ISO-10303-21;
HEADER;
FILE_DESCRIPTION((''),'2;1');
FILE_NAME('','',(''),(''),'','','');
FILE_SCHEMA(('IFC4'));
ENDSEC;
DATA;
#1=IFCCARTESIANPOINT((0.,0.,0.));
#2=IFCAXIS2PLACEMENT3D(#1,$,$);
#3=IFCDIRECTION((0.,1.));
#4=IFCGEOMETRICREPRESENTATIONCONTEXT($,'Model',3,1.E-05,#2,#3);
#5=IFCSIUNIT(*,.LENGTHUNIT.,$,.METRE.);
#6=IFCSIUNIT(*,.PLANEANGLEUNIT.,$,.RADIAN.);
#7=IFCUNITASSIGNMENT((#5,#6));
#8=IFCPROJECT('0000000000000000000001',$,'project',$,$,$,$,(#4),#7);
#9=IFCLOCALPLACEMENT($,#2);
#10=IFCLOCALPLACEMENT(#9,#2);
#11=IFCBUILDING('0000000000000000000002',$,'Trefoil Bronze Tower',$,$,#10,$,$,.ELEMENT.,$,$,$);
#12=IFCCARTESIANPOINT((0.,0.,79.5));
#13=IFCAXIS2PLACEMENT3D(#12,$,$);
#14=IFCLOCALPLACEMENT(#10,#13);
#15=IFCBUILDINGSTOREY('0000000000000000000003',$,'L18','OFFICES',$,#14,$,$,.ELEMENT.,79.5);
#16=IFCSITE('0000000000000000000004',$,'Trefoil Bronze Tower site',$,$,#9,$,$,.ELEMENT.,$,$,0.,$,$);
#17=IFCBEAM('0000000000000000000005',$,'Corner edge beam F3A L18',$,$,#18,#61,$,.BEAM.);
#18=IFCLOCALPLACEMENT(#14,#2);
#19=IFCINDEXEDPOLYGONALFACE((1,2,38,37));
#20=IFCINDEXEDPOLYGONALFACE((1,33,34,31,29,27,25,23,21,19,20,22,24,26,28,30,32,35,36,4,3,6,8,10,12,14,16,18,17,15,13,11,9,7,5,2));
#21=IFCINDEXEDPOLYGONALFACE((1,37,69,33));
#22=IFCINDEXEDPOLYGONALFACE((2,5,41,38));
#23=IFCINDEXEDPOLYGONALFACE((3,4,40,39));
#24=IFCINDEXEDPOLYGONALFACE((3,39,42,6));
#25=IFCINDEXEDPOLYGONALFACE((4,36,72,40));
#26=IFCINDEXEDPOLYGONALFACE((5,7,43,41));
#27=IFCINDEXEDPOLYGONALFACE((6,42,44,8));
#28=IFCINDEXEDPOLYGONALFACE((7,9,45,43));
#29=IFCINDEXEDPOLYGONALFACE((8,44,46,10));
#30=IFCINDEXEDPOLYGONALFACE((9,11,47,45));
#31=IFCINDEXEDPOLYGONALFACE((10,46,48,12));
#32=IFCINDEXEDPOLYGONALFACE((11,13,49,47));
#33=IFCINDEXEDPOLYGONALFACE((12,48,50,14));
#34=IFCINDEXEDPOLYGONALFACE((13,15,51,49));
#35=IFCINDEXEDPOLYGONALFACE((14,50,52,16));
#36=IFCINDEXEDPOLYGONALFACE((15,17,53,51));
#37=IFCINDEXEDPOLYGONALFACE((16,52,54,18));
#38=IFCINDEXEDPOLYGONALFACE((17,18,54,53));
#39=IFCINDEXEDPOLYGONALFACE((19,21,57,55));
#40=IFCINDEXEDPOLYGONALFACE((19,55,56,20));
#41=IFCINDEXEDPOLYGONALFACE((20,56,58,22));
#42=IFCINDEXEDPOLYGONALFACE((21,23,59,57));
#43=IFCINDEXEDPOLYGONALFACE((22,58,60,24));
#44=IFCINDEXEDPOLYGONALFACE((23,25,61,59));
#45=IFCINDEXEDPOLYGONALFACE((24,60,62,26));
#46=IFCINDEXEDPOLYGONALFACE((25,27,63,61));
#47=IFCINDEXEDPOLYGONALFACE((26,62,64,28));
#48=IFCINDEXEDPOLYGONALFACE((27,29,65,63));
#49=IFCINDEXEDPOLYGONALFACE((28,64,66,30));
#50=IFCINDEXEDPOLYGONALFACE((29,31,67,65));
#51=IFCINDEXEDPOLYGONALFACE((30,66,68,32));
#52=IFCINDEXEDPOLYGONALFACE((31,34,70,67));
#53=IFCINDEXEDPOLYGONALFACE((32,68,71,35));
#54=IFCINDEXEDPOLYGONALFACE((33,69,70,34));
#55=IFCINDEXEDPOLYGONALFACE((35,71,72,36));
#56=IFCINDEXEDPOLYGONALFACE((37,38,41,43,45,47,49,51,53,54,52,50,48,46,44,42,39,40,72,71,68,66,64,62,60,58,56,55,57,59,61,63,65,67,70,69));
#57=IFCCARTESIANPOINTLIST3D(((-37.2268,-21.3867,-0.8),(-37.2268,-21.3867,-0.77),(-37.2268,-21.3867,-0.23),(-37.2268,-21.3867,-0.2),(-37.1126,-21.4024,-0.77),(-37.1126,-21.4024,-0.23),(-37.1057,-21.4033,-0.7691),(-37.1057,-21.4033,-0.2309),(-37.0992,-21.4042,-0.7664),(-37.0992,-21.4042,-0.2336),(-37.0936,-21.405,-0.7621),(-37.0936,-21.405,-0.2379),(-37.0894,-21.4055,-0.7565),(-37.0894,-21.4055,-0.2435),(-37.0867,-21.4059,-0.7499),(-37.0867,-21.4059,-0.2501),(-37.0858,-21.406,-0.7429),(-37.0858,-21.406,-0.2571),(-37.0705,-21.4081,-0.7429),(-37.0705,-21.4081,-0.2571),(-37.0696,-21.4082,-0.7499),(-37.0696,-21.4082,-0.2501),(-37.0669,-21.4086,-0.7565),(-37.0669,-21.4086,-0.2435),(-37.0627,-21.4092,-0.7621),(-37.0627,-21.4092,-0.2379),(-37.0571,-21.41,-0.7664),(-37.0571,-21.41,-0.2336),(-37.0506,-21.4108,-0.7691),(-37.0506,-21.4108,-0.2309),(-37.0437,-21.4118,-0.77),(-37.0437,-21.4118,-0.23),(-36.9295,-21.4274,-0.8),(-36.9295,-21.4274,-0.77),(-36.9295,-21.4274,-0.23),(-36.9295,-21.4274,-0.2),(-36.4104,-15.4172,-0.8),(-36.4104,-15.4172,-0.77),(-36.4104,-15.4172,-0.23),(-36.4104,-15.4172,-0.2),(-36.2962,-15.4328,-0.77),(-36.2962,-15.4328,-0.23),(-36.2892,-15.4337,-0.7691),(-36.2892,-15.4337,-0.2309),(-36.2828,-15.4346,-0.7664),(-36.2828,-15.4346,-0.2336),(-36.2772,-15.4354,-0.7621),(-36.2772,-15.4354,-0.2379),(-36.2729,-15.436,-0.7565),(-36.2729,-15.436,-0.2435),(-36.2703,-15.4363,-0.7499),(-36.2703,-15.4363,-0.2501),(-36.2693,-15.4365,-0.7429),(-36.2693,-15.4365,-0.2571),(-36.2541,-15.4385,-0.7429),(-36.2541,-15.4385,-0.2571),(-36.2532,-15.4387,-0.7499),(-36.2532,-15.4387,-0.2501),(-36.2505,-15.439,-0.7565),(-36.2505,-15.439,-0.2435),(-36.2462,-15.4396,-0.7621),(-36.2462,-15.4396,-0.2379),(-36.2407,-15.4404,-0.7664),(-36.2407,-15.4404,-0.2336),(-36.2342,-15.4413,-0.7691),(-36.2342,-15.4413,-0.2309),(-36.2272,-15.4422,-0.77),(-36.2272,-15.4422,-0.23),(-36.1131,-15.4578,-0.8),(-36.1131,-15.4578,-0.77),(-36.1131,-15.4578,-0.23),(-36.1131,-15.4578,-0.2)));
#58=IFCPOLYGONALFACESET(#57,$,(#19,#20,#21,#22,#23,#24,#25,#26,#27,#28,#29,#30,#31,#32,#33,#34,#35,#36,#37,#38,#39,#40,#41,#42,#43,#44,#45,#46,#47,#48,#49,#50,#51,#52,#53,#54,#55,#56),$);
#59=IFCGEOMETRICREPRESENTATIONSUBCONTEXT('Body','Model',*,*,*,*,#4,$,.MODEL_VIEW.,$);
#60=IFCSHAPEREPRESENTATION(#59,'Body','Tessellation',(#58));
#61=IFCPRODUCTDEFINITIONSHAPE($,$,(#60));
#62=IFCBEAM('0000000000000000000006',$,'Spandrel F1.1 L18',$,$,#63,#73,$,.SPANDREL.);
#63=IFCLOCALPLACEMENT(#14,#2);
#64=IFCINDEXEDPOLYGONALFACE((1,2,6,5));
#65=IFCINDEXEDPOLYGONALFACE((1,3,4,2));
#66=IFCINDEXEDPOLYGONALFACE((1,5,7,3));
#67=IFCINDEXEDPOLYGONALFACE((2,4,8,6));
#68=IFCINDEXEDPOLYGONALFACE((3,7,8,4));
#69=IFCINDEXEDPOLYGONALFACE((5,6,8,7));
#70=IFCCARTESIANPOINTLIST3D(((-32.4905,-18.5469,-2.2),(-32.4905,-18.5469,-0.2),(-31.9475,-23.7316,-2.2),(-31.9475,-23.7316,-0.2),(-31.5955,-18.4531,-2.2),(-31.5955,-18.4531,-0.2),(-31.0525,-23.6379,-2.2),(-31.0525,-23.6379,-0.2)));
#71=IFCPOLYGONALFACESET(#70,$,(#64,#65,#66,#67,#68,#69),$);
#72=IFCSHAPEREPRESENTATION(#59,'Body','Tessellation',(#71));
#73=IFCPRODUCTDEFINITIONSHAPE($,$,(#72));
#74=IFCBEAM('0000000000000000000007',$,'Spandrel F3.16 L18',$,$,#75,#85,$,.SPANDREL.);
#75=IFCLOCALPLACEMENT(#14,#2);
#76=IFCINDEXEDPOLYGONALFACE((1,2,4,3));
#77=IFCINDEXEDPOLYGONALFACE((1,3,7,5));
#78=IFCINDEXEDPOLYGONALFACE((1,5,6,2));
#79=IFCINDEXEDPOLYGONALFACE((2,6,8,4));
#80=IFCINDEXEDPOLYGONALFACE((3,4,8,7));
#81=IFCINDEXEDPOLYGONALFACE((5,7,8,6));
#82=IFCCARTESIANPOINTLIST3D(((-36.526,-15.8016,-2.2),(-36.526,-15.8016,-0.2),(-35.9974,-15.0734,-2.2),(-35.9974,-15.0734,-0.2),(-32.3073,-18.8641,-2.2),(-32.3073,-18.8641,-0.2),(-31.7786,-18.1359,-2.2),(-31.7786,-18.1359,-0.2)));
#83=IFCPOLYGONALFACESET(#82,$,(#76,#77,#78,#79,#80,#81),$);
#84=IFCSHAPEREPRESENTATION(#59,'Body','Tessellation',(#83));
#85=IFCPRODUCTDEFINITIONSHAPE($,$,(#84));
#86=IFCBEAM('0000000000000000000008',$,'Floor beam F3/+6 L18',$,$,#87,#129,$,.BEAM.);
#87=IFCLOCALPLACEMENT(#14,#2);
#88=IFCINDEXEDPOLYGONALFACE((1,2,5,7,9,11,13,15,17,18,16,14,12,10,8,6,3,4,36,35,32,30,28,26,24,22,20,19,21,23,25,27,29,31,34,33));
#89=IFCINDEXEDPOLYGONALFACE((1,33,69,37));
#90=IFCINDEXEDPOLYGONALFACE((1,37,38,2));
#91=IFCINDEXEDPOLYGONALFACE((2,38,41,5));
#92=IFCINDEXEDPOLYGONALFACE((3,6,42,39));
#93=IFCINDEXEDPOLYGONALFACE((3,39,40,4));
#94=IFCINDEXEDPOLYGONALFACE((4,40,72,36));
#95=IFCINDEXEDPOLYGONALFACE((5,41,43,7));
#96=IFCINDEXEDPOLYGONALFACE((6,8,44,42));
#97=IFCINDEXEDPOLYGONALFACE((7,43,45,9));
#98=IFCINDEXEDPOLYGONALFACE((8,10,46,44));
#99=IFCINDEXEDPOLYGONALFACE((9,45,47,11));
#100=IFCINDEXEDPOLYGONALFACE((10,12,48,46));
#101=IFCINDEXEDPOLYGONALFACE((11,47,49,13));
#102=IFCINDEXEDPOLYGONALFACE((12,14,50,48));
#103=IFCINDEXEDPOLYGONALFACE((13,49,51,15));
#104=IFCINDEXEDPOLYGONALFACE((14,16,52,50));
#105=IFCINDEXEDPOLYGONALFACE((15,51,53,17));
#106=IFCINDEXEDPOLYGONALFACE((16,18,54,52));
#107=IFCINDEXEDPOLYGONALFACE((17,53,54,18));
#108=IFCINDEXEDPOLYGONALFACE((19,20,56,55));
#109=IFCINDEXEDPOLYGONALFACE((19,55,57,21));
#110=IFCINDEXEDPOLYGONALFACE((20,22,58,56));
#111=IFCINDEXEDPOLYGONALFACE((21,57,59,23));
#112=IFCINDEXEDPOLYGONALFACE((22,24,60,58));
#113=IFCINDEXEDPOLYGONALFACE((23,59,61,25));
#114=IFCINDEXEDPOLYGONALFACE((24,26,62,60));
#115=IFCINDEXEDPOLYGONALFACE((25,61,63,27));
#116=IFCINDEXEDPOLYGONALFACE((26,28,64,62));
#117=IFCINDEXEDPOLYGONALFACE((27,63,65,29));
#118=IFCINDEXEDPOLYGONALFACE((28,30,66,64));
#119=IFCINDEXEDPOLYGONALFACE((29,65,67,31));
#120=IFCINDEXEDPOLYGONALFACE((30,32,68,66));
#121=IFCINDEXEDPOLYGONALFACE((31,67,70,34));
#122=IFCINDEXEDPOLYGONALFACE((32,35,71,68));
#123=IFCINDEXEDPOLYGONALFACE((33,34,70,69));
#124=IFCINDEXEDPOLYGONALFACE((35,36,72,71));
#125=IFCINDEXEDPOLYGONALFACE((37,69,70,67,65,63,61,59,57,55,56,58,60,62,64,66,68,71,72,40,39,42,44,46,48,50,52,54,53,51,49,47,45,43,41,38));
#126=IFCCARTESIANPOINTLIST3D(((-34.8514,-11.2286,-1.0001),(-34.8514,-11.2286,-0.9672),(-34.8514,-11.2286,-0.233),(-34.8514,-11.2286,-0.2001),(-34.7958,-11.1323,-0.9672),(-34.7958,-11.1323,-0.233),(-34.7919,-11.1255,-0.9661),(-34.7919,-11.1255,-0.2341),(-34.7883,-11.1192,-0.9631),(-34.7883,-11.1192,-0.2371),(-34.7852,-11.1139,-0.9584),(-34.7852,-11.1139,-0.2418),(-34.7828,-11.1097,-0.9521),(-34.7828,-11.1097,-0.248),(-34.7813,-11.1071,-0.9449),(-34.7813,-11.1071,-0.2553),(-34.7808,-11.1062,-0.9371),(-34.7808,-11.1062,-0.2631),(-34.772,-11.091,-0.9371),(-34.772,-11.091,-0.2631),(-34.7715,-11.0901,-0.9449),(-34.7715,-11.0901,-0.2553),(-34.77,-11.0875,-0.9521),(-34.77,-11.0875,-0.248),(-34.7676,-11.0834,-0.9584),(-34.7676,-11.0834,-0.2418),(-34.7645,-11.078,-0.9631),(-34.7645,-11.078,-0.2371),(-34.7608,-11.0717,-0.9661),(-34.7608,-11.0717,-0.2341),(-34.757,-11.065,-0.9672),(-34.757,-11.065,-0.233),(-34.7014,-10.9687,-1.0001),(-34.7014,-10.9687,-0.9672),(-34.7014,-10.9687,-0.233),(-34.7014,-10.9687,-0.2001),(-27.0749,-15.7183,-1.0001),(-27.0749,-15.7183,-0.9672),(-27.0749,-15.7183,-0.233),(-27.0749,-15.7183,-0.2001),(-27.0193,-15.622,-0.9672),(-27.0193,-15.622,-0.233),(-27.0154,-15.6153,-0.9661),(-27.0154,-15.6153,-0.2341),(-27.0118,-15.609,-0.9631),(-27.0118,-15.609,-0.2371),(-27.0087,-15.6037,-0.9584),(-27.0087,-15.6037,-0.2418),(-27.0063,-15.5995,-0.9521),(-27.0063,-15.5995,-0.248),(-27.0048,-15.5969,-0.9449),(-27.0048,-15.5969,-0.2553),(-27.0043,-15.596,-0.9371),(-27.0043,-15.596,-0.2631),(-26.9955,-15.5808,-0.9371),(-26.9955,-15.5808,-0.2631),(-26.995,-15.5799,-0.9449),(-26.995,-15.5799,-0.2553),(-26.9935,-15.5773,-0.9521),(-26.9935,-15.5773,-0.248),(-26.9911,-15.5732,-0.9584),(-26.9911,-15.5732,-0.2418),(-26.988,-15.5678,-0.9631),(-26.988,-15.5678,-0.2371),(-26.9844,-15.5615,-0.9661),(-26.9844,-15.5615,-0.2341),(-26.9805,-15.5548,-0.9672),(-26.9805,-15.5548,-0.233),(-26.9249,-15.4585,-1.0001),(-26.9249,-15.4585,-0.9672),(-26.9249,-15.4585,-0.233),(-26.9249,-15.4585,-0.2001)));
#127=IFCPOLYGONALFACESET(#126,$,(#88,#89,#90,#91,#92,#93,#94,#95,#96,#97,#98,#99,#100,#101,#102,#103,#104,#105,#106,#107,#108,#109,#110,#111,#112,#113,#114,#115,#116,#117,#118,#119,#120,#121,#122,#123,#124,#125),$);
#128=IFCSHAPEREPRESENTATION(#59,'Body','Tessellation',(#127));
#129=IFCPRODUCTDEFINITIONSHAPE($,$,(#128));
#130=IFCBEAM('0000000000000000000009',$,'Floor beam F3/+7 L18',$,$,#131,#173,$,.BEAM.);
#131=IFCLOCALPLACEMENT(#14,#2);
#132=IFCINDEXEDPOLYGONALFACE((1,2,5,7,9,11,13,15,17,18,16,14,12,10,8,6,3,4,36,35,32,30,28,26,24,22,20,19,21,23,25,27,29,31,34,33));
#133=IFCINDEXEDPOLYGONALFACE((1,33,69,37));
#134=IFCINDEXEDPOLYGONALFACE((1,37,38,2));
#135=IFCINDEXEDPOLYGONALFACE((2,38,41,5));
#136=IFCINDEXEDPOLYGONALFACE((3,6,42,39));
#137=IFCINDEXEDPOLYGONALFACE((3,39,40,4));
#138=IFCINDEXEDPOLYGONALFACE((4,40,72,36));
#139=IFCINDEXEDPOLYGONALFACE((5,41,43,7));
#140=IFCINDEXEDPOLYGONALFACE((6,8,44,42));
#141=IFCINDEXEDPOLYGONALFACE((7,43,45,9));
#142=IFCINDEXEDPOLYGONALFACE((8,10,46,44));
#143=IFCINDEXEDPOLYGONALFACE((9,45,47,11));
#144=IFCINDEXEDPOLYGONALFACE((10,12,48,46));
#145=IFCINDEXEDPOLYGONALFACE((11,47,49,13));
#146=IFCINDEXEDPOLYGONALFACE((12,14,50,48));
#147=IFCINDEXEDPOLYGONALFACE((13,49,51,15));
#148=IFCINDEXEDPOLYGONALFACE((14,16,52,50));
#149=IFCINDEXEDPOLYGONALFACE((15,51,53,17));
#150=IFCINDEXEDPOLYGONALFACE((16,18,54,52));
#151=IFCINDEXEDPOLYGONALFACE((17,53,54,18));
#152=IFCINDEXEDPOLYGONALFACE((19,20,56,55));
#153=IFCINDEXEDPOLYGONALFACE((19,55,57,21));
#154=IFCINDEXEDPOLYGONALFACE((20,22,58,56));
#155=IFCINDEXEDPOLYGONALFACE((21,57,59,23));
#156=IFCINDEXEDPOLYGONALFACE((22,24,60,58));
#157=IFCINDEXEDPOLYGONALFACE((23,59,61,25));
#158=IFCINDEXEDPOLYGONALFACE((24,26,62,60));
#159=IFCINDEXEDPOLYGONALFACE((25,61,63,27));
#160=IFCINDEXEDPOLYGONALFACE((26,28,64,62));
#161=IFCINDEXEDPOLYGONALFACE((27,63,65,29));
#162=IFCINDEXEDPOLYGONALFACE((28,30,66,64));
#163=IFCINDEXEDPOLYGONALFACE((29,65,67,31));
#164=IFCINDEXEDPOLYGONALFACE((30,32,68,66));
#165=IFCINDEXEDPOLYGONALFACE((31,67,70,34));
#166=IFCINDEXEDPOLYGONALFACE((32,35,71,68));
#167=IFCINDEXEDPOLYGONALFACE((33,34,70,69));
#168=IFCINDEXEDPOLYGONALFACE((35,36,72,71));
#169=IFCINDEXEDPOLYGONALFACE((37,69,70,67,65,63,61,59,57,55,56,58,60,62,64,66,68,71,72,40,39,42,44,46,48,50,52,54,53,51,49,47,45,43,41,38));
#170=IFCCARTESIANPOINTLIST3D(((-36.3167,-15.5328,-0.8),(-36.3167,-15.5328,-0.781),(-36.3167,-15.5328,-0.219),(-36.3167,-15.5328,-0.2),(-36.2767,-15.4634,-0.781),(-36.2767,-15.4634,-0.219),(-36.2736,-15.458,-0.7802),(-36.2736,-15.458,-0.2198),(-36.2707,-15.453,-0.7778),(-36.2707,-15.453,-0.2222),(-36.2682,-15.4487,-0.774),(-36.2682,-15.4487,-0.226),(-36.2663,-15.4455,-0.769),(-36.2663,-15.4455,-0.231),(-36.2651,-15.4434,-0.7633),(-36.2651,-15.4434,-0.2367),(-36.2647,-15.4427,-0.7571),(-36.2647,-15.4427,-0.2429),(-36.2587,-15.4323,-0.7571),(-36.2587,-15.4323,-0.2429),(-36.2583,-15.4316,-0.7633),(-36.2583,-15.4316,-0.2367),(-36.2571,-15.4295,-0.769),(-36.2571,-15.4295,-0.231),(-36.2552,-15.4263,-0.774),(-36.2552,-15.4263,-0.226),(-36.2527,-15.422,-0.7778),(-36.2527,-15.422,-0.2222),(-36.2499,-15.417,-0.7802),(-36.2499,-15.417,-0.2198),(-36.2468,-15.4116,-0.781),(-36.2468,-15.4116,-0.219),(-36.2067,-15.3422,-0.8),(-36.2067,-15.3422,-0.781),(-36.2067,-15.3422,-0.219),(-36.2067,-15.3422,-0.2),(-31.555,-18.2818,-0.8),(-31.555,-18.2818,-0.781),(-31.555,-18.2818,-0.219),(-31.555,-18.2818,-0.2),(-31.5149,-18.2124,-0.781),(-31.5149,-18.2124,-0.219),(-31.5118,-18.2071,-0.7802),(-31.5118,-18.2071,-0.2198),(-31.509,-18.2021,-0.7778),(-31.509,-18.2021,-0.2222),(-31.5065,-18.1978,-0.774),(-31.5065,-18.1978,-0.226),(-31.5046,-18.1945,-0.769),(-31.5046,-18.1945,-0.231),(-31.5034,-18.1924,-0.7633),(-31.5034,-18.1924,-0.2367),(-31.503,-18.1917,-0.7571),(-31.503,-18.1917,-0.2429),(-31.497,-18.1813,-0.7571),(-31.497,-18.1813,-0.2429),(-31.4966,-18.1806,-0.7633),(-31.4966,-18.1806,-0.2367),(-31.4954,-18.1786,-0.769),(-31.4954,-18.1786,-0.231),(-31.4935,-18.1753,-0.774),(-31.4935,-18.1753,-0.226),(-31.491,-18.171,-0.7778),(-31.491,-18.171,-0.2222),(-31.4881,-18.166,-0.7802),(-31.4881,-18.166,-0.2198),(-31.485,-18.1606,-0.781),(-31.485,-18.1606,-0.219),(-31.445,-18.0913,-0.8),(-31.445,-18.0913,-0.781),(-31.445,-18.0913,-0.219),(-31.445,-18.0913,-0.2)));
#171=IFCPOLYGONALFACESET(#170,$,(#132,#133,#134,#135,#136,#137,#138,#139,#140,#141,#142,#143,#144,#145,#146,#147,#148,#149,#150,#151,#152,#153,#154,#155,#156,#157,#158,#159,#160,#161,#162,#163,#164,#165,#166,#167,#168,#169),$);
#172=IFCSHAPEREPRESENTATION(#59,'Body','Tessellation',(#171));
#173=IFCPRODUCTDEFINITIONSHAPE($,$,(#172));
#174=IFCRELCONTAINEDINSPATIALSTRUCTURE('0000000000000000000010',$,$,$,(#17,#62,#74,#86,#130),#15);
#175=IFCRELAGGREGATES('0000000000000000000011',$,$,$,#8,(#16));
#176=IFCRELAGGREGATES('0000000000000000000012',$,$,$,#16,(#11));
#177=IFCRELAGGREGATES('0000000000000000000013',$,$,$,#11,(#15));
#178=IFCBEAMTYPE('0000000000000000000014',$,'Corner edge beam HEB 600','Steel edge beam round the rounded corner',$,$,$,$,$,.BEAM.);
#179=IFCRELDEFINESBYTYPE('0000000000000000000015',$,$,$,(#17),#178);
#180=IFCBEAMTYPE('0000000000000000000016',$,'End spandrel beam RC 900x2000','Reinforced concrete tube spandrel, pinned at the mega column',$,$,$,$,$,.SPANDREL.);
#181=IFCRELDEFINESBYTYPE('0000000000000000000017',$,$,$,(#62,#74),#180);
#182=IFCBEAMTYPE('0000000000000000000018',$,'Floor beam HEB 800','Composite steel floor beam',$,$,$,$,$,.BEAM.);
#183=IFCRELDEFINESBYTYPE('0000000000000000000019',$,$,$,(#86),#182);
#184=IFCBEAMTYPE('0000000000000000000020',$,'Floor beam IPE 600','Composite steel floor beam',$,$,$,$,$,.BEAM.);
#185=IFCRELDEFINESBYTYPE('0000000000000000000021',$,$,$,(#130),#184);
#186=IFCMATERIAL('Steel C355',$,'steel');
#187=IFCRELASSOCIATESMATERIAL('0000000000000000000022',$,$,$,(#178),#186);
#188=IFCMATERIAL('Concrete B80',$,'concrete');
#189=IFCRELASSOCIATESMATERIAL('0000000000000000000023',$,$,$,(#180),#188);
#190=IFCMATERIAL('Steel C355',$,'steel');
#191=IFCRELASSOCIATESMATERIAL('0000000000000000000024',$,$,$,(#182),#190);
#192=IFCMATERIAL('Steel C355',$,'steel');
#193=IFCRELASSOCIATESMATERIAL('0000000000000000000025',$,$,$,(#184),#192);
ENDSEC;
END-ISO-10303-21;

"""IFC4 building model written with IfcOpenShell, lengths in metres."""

from ifc_helpers import new_model, si_unit, direction, frame, origin, origin_2d, place, context, subcontext, project, spatial, rectangle, i_section, extrude, material, material_profile, profile_set, type_object, element, save


model = new_model("IFC4")

# Units and contexts
model_context = context("Model", 3, precision=1e-05, world=origin(), true_north=direction((0.0, 1.0)))
body_context = subcontext(model_context, "Body", "Model", "MODEL_VIEW")
ifc_project = project(units=[si_unit("LENGTHUNIT", "METRE"), si_unit("PLANEANGLEUNIT", "RADIAN")], contexts=[model_context])

# Site, building, storey
site_placement = place(None, origin())
site = spatial("IfcSite", under=ifc_project, at=site_placement, Name="Trefoil Bronze Tower site", CompositionType="ELEMENT", RefElevation=0.0)
building_placement = place(site_placement, origin())
building = spatial("IfcBuilding", under=site, at=building_placement, Name="Trefoil Bronze Tower", CompositionType="ELEMENT")
storey_placement = place(building_placement, frame((0.0, 0.0, 79.5)))
storey = spatial("IfcBuildingStorey", under=building, at=storey_placement, Name="L18", Description="OFFICES", CompositionType="ELEMENT", Elevation=79.5)

# Beams
ifc_material_1 = material(Name="Steel C355", Category="steel")
ifc_material_profile_1 = material_profile(ifc_material_1, i_section(OverallWidth=0.3, OverallDepth=0.6001, WebThickness=0.0154, FlangeThickness=0.03, FilletRadius=0.0271, at=origin_2d()), Name="HEB 600")
ifc_profile_set_1 = profile_set([ifc_material_profile_1], Name="Steel C355")
beam_type_1 = type_object("IfcBeamType", Name="Corner edge beam HEB 600", Description="Steel edge beam round the rounded corner", PredefinedType="BEAM", material=ifc_profile_set_1)
beam_1_placement = place(storey_placement, frame((-36.2617, -15.4375, -0.5), z_axis=(-0.135502, -0.990777, 0.0), x_axis=(0.990777, -0.135502, 0.0)))
element("IfcBeam", 1, at=beam_1_placement, inside=storey, type_object=beam_type_1, Name="Corner edge beam F3A L18", PredefinedType="BEAM", context=body_context, shape_type="SweptSolid", body=[
    extrude(i_section(OverallWidth=0.3, OverallDepth=0.6001, WebThickness=0.0154, FlangeThickness=0.03, FilletRadius=0.0271, at=origin_2d()), origin(), (0.0, 0.0, 1.0), 6.0251),
])
ifc_material_2 = material(Name="Concrete B80", Category="concrete")
ifc_material_profile_2 = material_profile(ifc_material_2, rectangle(XDim=0.8999, YDim=2.0, at=origin_2d()), Name="RC 900x2000")
ifc_profile_set_2 = profile_set([ifc_material_profile_2], Name="Concrete B80")
beam_type_2 = type_object("IfcBeamType", Name="End spandrel beam RC 900x2000", Description="Reinforced concrete tube spandrel, pinned at the mega column", PredefinedType="SPANDREL", material=ifc_profile_set_2)
for number, where, z_axis, x_axis, name in (
    (2, (-32.043, -18.5, -1.2), (0.104153, -0.994561, 0.0), (0.994561, 0.104153, 0.0), "Spandrel F1.1 L18"),
    (3, (-36.2617, -15.4375, -1.2), (0.809254, -0.587459, 0.0), (0.587459, 0.809254, 0.0), "Spandrel F3.16 L18"),
):
    element("IfcBeam", number, at=place(storey_placement, frame(where, z_axis=z_axis, x_axis=x_axis)), inside=storey, type_object=beam_type_2, Name=name, PredefinedType="SPANDREL", context=body_context, shape_type="SweptSolid", body=[
        extrude(rectangle(XDim=0.8999, YDim=2.0, at=origin_2d()), origin(), (0.0, 0.0, 1.0), 5.2131),
    ])
ifc_material_3 = material(Name="Steel C355", Category="steel")
ifc_material_profile_3 = material_profile(ifc_material_3, i_section(OverallWidth=0.3, OverallDepth=0.8, WebThickness=0.0176, FlangeThickness=0.033, FilletRadius=0.03, at=origin_2d()), Name="HEB 800")
ifc_profile_set_3 = profile_set([ifc_material_profile_3], Name="Steel C355")
beam_type_3 = type_object("IfcBeamType", Name="Floor beam HEB 800", Description="Composite steel floor beam", PredefinedType="BEAM", material=ifc_profile_set_3)
beam_2_placement = place(storey_placement, frame((-34.7764, -11.0986, -0.6001), z_axis=(0.866023, -0.500005, 0.0), x_axis=(0.500005, 0.866023, 0.0)))
element("IfcBeam", 4, at=beam_2_placement, inside=storey, type_object=beam_type_3, Name="Floor beam F3/+6 L18", PredefinedType="BEAM", context=body_context, shape_type="SweptSolid", body=[
    extrude(i_section(OverallWidth=0.3, OverallDepth=0.8, WebThickness=0.0176, FlangeThickness=0.033, FilletRadius=0.03, at=origin_2d()), origin(), (0.0, 0.0, 1.0), 8.9795),
])
ifc_material_4 = material(Name="Steel C355", Category="steel")
ifc_material_profile_4 = material_profile(ifc_material_4, i_section(OverallWidth=0.22, OverallDepth=0.6001, WebThickness=0.012, FlangeThickness=0.019, FilletRadius=0.0239, at=origin_2d()), Name="IPE 600")
ifc_profile_set_4 = profile_set([ifc_material_profile_4], Name="Steel C355")
beam_type_4 = type_object("IfcBeamType", Name="Floor beam IPE 600", Description="Composite steel floor beam", PredefinedType="BEAM", material=ifc_profile_set_4)
beam_3_placement = place(storey_placement, frame((-36.2617, -15.4375, -0.5), z_axis=(0.866038, -0.499979, 0.0), x_axis=(0.499979, 0.866038, 0.0)))
element("IfcBeam", 5, at=beam_3_placement, inside=storey, type_object=beam_type_4, Name="Floor beam F3/+7 L18", PredefinedType="BEAM", context=body_context, shape_type="SweptSolid", body=[
    extrude(i_section(OverallWidth=0.22, OverallDepth=0.6001, WebThickness=0.012, FlangeThickness=0.019, FilletRadius=0.0239, at=origin_2d()), origin(), (0.0, 0.0, 1.0), 5.4983),
])

save(model, "model.ifc")
